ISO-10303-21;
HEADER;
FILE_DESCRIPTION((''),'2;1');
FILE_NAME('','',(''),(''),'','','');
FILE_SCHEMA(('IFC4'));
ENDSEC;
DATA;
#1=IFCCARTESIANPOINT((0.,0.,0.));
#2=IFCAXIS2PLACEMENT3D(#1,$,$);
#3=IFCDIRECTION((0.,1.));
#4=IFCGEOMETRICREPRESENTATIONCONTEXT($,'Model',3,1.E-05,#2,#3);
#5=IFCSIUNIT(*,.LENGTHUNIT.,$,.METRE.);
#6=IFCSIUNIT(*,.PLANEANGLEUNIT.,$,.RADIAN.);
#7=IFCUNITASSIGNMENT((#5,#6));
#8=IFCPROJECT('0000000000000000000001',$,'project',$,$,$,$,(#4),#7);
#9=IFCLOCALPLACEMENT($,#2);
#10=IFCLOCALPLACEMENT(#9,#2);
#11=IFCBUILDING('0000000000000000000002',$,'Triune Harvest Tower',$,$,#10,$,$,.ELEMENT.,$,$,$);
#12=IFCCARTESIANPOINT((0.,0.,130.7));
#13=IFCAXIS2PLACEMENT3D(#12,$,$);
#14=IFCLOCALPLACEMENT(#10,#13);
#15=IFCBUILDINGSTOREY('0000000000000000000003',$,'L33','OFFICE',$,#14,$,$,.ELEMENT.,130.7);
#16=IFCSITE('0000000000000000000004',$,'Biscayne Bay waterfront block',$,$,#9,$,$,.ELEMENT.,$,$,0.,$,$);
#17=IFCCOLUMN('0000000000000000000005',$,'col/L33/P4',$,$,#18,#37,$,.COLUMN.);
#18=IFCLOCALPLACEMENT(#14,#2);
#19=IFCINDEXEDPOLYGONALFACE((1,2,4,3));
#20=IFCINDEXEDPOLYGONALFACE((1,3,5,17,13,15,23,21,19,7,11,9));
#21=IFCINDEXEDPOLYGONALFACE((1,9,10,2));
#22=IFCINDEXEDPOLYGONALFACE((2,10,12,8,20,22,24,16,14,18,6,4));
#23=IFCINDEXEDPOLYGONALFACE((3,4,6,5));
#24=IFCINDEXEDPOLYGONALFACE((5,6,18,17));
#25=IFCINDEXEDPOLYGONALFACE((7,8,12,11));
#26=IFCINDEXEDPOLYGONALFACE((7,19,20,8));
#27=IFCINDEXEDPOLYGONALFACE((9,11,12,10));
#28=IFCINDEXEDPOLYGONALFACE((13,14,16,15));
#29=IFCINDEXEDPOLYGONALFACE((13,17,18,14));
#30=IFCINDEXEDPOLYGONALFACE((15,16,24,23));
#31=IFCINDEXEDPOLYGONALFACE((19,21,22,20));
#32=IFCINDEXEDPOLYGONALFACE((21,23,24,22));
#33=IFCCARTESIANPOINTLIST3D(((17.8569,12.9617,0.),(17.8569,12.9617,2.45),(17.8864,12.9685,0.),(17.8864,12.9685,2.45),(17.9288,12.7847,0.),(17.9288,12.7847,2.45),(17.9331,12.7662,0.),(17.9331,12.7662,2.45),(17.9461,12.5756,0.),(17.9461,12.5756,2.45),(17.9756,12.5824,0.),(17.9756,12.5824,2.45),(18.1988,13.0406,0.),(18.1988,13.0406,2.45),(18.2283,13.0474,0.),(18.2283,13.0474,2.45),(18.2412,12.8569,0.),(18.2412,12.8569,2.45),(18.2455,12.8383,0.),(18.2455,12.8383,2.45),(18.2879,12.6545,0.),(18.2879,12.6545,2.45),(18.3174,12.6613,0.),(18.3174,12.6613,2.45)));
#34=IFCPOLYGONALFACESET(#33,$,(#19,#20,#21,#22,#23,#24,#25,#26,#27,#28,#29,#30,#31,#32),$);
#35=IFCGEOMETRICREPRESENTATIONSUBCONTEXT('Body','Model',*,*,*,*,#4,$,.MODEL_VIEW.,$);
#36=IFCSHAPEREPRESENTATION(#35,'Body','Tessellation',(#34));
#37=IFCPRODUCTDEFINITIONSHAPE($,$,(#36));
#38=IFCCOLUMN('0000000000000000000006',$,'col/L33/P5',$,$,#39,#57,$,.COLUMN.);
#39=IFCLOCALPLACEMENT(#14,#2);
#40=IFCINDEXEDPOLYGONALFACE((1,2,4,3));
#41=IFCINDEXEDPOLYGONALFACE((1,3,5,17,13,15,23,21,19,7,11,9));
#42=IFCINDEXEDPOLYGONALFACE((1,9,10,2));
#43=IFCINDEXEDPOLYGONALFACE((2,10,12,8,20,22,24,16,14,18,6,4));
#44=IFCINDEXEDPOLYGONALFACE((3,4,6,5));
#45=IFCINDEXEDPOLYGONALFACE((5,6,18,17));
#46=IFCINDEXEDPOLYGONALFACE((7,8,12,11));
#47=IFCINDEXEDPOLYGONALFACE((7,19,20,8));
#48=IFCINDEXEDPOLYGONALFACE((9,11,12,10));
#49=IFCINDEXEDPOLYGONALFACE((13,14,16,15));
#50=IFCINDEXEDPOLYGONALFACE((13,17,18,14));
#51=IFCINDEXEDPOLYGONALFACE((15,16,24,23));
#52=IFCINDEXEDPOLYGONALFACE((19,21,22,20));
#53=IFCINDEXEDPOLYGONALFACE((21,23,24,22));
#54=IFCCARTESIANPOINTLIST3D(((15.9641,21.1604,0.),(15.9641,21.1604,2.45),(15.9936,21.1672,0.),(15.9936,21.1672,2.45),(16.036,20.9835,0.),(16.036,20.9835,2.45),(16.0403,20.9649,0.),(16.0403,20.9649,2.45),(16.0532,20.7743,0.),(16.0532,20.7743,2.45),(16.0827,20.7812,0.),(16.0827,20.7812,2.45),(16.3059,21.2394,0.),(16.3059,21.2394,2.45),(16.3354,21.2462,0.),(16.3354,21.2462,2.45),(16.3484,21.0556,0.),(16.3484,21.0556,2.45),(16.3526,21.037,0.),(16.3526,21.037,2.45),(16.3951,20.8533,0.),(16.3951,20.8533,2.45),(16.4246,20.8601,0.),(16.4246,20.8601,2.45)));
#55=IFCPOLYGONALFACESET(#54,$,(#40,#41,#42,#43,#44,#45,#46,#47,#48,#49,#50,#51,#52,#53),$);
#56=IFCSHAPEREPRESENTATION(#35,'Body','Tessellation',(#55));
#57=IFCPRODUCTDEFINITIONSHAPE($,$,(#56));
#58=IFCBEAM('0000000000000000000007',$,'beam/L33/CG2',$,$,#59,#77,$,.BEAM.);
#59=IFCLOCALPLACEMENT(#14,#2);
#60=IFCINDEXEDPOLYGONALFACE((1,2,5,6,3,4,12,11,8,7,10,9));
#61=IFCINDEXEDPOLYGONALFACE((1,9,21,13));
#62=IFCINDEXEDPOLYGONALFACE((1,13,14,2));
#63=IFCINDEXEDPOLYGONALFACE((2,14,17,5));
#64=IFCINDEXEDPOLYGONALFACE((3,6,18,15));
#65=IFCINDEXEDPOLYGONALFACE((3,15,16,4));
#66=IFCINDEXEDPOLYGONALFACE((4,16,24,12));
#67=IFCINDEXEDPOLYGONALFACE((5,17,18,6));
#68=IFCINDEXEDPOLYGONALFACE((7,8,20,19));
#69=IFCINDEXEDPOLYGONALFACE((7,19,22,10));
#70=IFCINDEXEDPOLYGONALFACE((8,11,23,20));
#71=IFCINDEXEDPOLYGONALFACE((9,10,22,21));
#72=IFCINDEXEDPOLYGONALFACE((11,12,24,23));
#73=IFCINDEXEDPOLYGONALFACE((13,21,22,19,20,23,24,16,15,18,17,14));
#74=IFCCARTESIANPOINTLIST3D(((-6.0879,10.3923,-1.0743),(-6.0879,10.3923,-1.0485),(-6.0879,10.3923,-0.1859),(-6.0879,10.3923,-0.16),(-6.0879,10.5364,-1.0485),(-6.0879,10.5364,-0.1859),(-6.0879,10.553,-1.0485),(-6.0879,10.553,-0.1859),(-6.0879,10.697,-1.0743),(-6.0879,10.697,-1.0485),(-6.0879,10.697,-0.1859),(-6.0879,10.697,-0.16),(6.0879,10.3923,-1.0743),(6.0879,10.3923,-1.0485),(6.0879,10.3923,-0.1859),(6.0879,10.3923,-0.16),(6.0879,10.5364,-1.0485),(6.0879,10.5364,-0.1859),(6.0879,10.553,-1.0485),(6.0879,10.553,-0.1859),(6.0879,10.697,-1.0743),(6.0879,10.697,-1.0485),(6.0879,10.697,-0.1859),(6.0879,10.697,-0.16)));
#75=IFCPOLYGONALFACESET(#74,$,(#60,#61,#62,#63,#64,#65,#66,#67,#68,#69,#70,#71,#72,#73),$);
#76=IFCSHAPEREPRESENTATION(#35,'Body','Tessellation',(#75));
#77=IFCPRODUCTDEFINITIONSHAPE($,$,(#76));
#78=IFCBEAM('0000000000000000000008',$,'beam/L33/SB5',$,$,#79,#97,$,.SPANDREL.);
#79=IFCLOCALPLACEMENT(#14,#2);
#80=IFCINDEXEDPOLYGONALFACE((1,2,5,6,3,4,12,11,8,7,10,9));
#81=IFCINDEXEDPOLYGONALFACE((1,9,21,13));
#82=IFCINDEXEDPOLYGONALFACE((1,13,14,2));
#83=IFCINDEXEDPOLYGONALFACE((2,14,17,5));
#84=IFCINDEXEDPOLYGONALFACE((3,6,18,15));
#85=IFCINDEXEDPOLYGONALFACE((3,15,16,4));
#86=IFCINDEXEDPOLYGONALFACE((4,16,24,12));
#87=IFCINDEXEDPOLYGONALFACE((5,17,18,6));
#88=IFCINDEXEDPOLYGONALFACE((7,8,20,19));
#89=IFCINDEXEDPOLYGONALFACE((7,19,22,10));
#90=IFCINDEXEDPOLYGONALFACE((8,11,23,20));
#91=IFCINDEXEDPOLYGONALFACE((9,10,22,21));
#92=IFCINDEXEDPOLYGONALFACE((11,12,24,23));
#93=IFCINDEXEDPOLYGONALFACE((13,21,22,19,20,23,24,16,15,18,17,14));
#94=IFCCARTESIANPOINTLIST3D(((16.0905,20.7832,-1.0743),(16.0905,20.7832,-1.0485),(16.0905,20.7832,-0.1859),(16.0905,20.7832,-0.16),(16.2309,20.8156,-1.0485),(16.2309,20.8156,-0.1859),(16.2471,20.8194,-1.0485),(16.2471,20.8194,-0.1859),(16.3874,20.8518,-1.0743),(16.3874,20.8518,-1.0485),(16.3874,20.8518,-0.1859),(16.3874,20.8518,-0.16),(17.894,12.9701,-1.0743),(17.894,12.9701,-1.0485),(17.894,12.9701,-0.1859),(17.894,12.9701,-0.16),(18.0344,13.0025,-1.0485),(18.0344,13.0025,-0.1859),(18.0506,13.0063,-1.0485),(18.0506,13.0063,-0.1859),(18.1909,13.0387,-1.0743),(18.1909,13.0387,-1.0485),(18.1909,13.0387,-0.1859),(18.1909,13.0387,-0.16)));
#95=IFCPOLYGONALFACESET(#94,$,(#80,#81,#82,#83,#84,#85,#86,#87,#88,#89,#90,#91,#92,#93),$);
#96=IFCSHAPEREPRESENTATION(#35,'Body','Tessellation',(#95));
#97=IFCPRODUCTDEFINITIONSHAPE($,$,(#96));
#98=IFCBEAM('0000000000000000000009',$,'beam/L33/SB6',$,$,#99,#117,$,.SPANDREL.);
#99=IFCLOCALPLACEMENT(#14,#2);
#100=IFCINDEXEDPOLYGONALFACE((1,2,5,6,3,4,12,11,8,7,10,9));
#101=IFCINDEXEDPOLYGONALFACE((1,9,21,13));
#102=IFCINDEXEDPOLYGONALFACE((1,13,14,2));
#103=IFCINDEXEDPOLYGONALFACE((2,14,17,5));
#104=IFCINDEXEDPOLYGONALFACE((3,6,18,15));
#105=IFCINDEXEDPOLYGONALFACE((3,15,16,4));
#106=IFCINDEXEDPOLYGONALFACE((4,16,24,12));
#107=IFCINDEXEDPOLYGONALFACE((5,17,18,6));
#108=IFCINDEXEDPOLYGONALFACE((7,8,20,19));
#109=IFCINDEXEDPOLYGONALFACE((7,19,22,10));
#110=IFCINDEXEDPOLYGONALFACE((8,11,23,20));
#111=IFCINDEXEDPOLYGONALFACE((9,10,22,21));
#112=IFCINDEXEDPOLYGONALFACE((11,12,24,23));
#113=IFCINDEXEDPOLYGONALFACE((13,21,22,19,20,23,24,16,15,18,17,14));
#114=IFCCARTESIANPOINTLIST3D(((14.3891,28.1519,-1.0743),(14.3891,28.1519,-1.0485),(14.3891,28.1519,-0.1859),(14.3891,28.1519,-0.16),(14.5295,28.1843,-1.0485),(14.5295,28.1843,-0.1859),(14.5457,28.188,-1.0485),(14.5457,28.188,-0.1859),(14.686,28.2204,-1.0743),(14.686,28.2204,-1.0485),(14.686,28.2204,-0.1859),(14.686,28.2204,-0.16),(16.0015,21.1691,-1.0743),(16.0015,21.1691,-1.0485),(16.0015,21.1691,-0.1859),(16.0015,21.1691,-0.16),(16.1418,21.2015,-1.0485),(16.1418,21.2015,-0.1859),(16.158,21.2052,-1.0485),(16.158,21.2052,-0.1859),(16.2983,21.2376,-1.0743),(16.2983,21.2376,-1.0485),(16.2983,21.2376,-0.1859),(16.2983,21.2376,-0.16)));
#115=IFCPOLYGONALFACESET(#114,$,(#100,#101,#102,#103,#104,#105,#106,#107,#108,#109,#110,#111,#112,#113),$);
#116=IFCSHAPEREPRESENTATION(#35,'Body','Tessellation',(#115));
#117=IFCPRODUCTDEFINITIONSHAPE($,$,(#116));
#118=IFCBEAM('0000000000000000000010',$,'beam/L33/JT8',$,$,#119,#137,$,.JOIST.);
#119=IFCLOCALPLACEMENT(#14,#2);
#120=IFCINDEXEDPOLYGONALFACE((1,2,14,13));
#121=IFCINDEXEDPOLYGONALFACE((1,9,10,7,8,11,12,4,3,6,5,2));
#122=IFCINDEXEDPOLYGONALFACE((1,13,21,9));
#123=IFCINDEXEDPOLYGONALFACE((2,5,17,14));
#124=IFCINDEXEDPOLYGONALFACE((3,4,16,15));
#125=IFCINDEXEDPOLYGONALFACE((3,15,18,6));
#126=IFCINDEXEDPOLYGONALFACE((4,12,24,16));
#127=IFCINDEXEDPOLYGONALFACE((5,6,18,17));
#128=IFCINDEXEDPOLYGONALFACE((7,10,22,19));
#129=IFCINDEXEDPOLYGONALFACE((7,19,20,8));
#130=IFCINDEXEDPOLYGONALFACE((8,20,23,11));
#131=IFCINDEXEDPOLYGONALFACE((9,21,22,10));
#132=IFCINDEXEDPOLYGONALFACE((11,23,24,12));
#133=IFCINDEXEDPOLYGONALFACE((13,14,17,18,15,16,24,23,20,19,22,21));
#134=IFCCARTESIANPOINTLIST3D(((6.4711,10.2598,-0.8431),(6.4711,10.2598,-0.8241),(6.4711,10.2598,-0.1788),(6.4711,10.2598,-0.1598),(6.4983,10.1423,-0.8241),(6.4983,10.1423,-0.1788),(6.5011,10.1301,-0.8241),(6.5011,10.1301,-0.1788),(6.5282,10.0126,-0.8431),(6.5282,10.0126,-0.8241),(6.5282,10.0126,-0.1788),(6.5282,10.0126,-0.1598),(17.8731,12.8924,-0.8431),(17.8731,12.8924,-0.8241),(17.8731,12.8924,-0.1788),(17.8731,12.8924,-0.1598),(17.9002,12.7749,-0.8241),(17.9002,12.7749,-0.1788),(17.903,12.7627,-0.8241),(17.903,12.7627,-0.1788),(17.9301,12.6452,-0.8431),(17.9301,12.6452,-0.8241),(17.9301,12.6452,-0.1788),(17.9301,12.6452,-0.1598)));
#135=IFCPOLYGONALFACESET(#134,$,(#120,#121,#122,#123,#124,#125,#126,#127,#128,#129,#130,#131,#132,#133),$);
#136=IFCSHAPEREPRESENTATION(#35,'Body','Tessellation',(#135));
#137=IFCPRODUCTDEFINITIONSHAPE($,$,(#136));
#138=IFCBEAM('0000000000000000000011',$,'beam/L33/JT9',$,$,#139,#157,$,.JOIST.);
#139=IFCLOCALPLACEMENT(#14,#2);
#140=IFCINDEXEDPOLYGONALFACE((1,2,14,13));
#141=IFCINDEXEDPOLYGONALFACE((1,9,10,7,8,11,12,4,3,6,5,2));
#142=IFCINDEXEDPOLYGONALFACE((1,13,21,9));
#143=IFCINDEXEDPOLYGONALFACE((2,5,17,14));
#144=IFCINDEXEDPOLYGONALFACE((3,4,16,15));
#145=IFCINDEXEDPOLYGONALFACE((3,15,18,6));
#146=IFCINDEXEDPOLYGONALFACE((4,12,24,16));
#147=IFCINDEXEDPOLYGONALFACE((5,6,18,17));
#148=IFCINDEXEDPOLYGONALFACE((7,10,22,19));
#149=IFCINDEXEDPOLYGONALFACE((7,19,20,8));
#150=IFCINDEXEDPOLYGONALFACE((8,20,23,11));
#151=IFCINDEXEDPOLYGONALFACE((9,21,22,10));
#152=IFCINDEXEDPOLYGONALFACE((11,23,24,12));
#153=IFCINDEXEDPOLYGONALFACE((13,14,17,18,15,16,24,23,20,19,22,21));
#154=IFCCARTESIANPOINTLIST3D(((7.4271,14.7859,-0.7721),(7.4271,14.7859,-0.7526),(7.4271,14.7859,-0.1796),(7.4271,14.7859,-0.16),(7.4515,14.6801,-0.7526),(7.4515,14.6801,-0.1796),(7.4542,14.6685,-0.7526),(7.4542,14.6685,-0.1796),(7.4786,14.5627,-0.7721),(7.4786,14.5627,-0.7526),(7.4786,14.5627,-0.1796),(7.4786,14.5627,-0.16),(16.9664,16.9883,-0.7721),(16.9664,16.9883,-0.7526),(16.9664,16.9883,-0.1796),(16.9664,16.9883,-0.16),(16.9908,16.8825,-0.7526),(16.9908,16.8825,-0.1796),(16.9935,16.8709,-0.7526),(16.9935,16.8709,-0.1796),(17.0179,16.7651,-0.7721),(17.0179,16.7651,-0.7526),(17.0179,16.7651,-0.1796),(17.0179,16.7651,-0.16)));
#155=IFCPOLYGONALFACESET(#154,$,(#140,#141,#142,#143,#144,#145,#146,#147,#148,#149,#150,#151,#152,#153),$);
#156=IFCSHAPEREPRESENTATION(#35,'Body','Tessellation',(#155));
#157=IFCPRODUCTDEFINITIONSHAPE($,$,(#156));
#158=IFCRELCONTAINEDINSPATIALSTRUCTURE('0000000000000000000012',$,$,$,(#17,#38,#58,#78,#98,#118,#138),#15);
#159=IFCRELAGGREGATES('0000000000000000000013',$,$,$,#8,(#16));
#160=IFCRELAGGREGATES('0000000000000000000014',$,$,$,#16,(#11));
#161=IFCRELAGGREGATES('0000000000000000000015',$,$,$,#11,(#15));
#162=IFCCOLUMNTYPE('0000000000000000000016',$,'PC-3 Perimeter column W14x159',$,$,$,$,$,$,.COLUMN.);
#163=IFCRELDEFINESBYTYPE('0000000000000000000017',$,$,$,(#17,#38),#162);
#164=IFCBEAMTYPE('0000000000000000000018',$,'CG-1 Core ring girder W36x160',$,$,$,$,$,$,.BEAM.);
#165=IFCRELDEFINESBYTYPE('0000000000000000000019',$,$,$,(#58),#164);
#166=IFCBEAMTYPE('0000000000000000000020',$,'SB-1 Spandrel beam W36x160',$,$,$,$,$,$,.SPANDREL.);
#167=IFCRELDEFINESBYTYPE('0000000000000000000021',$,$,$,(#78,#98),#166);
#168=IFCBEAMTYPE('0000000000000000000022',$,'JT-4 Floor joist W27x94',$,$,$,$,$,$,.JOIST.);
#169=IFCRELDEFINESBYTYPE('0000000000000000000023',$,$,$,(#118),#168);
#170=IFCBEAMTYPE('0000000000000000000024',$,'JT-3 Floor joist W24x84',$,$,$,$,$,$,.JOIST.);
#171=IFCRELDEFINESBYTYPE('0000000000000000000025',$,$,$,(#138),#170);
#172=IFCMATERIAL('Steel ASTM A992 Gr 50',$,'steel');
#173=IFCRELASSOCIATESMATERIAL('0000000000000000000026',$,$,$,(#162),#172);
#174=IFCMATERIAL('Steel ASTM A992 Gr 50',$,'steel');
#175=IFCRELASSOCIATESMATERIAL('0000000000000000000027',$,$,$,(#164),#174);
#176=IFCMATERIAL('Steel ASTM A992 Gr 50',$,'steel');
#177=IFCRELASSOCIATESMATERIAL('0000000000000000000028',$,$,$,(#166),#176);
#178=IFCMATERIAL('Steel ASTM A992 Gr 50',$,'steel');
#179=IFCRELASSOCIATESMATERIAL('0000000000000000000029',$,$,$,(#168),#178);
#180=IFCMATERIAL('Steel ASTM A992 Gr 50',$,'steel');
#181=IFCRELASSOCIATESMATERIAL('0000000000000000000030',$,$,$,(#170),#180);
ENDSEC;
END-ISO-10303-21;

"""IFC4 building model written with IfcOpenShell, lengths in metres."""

from ifc_helpers import new_model, si_unit, direction, frame, origin, origin_2d, place, context, subcontext, project, spatial, i_section, extrude, source, transform, mapped, material, material_profile, profile_set, type_object, element, save


model = new_model("IFC4")

# Units and contexts
model_context = context("Model", 3, precision=1e-05, world=origin(), true_north=direction((0.0, 1.0)))
body_context = subcontext(model_context, "Body", "Model", "MODEL_VIEW")
ifc_project = project(units=[si_unit("LENGTHUNIT", "METRE"), si_unit("PLANEANGLEUNIT", "RADIAN")], contexts=[model_context])

# Site, building, storey
site_placement = place(None, origin())
site = spatial("IfcSite", under=ifc_project, at=site_placement, Name="Biscayne Bay waterfront block", CompositionType="ELEMENT", RefElevation=0.0)
building_placement = place(site_placement, origin())
building = spatial("IfcBuilding", under=site, at=building_placement, Name="Triune Harvest Tower", CompositionType="ELEMENT")
storey_placement = place(building_placement, frame((0.0, 0.0, 130.7)))
storey = spatial("IfcBuildingStorey", under=building, at=storey_placement, Name="L33", Description="OFFICE", CompositionType="ELEMENT", Elevation=130.7)

# Columns
ifc_material_1 = material(Name="Steel ASTM A992 Gr 50", Category="steel")
ifc_material_profile_1 = material_profile(ifc_material_1, i_section(OverallWidth=0.3962, OverallDepth=0.3811, WebThickness=0.019, FlangeThickness=0.0303, at=origin_2d()), Name="W14x159")
ifc_profile_set_1 = profile_set([ifc_material_profile_1], Name="Steel ASTM A992 Gr 50")
column_type = type_object("IfcColumnType", Name="PC-3 Perimeter column W14x159", PredefinedType="COLUMN", material=ifc_profile_set_1)
shared_shape_1 = source(origin(), body_context, "Body", "SweptSolid", [
    extrude(i_section(OverallWidth=0.3962, OverallDepth=0.3811, WebThickness=0.019, FlangeThickness=0.0303, at=origin_2d()), origin(), (0.0, 0.0, 1.0), 2.45),
])
for number, where, z_axis, x_axis, name in (
    (1, (18.0872, 12.8115, 0.0), (0.0, 0.0, 1.0), (-0.224953, 0.97437, 0.0), "col/L33/P4"),
    (2, (16.1943, 21.0103, 0.0), (0.0, 0.0, 1.0), (-0.224953, 0.97437, 0.0), "col/L33/P5"),
):
    element("IfcColumn", number, at=place(storey_placement, frame(where, z_axis=z_axis, x_axis=x_axis)), inside=storey, type_object=column_type, Name=name, PredefinedType="COLUMN", context=body_context, shape_type="MappedRepresentation", body=[
        mapped(shared_shape_1, transform((0.0, 0.0, 0.0), scale=1.0)),
    ])

# Beams
ifc_material_2 = material(Name="Steel ASTM A992 Gr 50", Category="steel")
ifc_material_profile_2 = material_profile(ifc_material_2, i_section(OverallWidth=0.3047, OverallDepth=0.9143, WebThickness=0.0166, FlangeThickness=0.0259, at=origin_2d()), Name="W36x160")
ifc_profile_set_2 = profile_set([ifc_material_profile_2], Name="Steel ASTM A992 Gr 50")
beam_type_1 = type_object("IfcBeamType", Name="CG-1 Core ring girder W36x160", PredefinedType="BEAM", material=ifc_profile_set_2)
shared_shape_2 = source(origin(), body_context, "Body", "SweptSolid", [
    extrude(i_section(OverallWidth=0.3047, OverallDepth=0.9143, WebThickness=0.0166, FlangeThickness=0.0259, at=origin_2d()), origin(), (0.0, 0.0, 1.0), 12.1758),
])
beam_1_placement = place(storey_placement, frame((6.0879, 10.5447, -0.6172), z_axis=(-1.0, 0.0, 0.0), x_axis=(0.0, -1.0, 0.0)))
element("IfcBeam", 3, at=beam_1_placement, inside=storey, type_object=beam_type_1, Name="beam/L33/CG2", PredefinedType="BEAM", context=body_context, shape_type="MappedRepresentation", body=[
    mapped(shared_shape_2, transform((0.0, 0.0, 0.0), scale=1.0)),
])
ifc_material_3 = material(Name="Steel ASTM A992 Gr 50", Category="steel")
ifc_material_profile_3 = material_profile(ifc_material_3, i_section(OverallWidth=0.3047, OverallDepth=0.9143, WebThickness=0.0166, FlangeThickness=0.0259, at=origin_2d()), Name="W36x160")
ifc_profile_set_3 = profile_set([ifc_material_profile_3], Name="Steel ASTM A992 Gr 50")
beam_type_2 = type_object("IfcBeamType", Name="SB-1 Spandrel beam W36x160", PredefinedType="SPANDREL", material=ifc_profile_set_3)
shared_shape_3 = source(origin(), body_context, "Body", "SweptSolid", [
    extrude(i_section(OverallWidth=0.3047, OverallDepth=0.9143, WebThickness=0.0166, FlangeThickness=0.0259, at=origin_2d()), origin(), (0.0, 0.0, 1.0), 8.0186),
])
beam_2_placement = place(storey_placement, frame((18.0425, 13.0044, -0.6172), z_axis=(-0.224915, 0.974378, 0.0), x_axis=(-0.974378, -0.224915, 0.0)))
element("IfcBeam", 4, at=beam_2_placement, inside=storey, type_object=beam_type_2, Name="beam/L33/SB5", PredefinedType="SPANDREL", context=body_context, shape_type="MappedRepresentation", body=[
    mapped(shared_shape_3, transform((0.0, 0.0, 0.0), scale=1.0)),
])
shared_shape_4 = source(origin(), body_context, "Body", "SweptSolid", [
    extrude(i_section(OverallWidth=0.3047, OverallDepth=0.9143, WebThickness=0.0166, FlangeThickness=0.0259, at=origin_2d()), origin(), (0.0, 0.0, 1.0), 7.1665),
])
beam_3_placement = place(storey_placement, frame((16.1499, 21.2034, -0.6172), z_axis=(-0.224981, 0.974363, 0.0), x_axis=(-0.974363, -0.224981, 0.0)))
element("IfcBeam", 5, at=beam_3_placement, inside=storey, type_object=beam_type_2, Name="beam/L33/SB6", PredefinedType="SPANDREL", context=body_context, shape_type="MappedRepresentation", body=[
    mapped(shared_shape_4, transform((0.0, 0.0, 0.0), scale=1.0)),
])
ifc_material_4 = material(Name="Steel ASTM A992 Gr 50", Category="steel")
ifc_material_profile_4 = material_profile(ifc_material_4, i_section(OverallWidth=0.2537, OverallDepth=0.6833, WebThickness=0.0125, FlangeThickness=0.019, at=origin_2d()), Name="W27x94")
ifc_profile_set_4 = profile_set([ifc_material_profile_4], Name="Steel ASTM A992 Gr 50")
beam_type_3 = type_object("IfcBeamType", Name="JT-4 Floor joist W27x94", PredefinedType="JOIST", material=ifc_profile_set_4)
shared_shape_5 = source(origin(), body_context, "Body", "SweptSolid", [
    extrude(i_section(OverallWidth=0.2537, OverallDepth=0.6833, WebThickness=0.0125, FlangeThickness=0.019, at=origin_2d()), origin(), (0.0, 0.0, 1.0), 11.7019),
])
beam_4_placement = place(storey_placement, frame((17.9016, 12.7688, -0.5015), z_axis=(-0.974366, -0.224971, 0.0), x_axis=(0.224971, -0.974366, 0.0)))
element("IfcBeam", 6, at=beam_4_placement, inside=storey, type_object=beam_type_3, Name="beam/L33/JT8", PredefinedType="JOIST", context=body_context, shape_type="MappedRepresentation", body=[
    mapped(shared_shape_5, transform((0.0, 0.0, 0.0), scale=1.0)),
])
ifc_material_5 = material(Name="Steel ASTM A992 Gr 50", Category="steel")
ifc_material_profile_5 = material_profile(ifc_material_5, i_section(OverallWidth=0.229, OverallDepth=0.6121, WebThickness=0.012, FlangeThickness=0.0195, at=origin_2d()), Name="W24x84")
ifc_profile_set_5 = profile_set([ifc_material_profile_5], Name="Steel ASTM A992 Gr 50")
beam_type_4 = type_object("IfcBeamType", Name="JT-3 Floor joist W24x84", PredefinedType="JOIST", material=ifc_profile_set_5)
shared_shape_6 = source(origin(), body_context, "Body", "SweptSolid", [
    extrude(i_section(OverallWidth=0.229, OverallDepth=0.6121, WebThickness=0.012, FlangeThickness=0.0195, at=origin_2d()), origin(), (0.0, 0.0, 1.0), 9.7903),
])
beam_5_placement = place(storey_placement, frame((16.9922, 16.8767, -0.4661), z_axis=(-0.974368, -0.224958, 0.0), x_axis=(0.224958, -0.974368, 0.0)))
element("IfcBeam", 7, at=beam_5_placement, inside=storey, type_object=beam_type_4, Name="beam/L33/JT9", PredefinedType="JOIST", context=body_context, shape_type="MappedRepresentation", body=[
    mapped(shared_shape_6, transform((0.0, 0.0, 0.0), scale=1.0)),
])

save(model, "model.ifc")
